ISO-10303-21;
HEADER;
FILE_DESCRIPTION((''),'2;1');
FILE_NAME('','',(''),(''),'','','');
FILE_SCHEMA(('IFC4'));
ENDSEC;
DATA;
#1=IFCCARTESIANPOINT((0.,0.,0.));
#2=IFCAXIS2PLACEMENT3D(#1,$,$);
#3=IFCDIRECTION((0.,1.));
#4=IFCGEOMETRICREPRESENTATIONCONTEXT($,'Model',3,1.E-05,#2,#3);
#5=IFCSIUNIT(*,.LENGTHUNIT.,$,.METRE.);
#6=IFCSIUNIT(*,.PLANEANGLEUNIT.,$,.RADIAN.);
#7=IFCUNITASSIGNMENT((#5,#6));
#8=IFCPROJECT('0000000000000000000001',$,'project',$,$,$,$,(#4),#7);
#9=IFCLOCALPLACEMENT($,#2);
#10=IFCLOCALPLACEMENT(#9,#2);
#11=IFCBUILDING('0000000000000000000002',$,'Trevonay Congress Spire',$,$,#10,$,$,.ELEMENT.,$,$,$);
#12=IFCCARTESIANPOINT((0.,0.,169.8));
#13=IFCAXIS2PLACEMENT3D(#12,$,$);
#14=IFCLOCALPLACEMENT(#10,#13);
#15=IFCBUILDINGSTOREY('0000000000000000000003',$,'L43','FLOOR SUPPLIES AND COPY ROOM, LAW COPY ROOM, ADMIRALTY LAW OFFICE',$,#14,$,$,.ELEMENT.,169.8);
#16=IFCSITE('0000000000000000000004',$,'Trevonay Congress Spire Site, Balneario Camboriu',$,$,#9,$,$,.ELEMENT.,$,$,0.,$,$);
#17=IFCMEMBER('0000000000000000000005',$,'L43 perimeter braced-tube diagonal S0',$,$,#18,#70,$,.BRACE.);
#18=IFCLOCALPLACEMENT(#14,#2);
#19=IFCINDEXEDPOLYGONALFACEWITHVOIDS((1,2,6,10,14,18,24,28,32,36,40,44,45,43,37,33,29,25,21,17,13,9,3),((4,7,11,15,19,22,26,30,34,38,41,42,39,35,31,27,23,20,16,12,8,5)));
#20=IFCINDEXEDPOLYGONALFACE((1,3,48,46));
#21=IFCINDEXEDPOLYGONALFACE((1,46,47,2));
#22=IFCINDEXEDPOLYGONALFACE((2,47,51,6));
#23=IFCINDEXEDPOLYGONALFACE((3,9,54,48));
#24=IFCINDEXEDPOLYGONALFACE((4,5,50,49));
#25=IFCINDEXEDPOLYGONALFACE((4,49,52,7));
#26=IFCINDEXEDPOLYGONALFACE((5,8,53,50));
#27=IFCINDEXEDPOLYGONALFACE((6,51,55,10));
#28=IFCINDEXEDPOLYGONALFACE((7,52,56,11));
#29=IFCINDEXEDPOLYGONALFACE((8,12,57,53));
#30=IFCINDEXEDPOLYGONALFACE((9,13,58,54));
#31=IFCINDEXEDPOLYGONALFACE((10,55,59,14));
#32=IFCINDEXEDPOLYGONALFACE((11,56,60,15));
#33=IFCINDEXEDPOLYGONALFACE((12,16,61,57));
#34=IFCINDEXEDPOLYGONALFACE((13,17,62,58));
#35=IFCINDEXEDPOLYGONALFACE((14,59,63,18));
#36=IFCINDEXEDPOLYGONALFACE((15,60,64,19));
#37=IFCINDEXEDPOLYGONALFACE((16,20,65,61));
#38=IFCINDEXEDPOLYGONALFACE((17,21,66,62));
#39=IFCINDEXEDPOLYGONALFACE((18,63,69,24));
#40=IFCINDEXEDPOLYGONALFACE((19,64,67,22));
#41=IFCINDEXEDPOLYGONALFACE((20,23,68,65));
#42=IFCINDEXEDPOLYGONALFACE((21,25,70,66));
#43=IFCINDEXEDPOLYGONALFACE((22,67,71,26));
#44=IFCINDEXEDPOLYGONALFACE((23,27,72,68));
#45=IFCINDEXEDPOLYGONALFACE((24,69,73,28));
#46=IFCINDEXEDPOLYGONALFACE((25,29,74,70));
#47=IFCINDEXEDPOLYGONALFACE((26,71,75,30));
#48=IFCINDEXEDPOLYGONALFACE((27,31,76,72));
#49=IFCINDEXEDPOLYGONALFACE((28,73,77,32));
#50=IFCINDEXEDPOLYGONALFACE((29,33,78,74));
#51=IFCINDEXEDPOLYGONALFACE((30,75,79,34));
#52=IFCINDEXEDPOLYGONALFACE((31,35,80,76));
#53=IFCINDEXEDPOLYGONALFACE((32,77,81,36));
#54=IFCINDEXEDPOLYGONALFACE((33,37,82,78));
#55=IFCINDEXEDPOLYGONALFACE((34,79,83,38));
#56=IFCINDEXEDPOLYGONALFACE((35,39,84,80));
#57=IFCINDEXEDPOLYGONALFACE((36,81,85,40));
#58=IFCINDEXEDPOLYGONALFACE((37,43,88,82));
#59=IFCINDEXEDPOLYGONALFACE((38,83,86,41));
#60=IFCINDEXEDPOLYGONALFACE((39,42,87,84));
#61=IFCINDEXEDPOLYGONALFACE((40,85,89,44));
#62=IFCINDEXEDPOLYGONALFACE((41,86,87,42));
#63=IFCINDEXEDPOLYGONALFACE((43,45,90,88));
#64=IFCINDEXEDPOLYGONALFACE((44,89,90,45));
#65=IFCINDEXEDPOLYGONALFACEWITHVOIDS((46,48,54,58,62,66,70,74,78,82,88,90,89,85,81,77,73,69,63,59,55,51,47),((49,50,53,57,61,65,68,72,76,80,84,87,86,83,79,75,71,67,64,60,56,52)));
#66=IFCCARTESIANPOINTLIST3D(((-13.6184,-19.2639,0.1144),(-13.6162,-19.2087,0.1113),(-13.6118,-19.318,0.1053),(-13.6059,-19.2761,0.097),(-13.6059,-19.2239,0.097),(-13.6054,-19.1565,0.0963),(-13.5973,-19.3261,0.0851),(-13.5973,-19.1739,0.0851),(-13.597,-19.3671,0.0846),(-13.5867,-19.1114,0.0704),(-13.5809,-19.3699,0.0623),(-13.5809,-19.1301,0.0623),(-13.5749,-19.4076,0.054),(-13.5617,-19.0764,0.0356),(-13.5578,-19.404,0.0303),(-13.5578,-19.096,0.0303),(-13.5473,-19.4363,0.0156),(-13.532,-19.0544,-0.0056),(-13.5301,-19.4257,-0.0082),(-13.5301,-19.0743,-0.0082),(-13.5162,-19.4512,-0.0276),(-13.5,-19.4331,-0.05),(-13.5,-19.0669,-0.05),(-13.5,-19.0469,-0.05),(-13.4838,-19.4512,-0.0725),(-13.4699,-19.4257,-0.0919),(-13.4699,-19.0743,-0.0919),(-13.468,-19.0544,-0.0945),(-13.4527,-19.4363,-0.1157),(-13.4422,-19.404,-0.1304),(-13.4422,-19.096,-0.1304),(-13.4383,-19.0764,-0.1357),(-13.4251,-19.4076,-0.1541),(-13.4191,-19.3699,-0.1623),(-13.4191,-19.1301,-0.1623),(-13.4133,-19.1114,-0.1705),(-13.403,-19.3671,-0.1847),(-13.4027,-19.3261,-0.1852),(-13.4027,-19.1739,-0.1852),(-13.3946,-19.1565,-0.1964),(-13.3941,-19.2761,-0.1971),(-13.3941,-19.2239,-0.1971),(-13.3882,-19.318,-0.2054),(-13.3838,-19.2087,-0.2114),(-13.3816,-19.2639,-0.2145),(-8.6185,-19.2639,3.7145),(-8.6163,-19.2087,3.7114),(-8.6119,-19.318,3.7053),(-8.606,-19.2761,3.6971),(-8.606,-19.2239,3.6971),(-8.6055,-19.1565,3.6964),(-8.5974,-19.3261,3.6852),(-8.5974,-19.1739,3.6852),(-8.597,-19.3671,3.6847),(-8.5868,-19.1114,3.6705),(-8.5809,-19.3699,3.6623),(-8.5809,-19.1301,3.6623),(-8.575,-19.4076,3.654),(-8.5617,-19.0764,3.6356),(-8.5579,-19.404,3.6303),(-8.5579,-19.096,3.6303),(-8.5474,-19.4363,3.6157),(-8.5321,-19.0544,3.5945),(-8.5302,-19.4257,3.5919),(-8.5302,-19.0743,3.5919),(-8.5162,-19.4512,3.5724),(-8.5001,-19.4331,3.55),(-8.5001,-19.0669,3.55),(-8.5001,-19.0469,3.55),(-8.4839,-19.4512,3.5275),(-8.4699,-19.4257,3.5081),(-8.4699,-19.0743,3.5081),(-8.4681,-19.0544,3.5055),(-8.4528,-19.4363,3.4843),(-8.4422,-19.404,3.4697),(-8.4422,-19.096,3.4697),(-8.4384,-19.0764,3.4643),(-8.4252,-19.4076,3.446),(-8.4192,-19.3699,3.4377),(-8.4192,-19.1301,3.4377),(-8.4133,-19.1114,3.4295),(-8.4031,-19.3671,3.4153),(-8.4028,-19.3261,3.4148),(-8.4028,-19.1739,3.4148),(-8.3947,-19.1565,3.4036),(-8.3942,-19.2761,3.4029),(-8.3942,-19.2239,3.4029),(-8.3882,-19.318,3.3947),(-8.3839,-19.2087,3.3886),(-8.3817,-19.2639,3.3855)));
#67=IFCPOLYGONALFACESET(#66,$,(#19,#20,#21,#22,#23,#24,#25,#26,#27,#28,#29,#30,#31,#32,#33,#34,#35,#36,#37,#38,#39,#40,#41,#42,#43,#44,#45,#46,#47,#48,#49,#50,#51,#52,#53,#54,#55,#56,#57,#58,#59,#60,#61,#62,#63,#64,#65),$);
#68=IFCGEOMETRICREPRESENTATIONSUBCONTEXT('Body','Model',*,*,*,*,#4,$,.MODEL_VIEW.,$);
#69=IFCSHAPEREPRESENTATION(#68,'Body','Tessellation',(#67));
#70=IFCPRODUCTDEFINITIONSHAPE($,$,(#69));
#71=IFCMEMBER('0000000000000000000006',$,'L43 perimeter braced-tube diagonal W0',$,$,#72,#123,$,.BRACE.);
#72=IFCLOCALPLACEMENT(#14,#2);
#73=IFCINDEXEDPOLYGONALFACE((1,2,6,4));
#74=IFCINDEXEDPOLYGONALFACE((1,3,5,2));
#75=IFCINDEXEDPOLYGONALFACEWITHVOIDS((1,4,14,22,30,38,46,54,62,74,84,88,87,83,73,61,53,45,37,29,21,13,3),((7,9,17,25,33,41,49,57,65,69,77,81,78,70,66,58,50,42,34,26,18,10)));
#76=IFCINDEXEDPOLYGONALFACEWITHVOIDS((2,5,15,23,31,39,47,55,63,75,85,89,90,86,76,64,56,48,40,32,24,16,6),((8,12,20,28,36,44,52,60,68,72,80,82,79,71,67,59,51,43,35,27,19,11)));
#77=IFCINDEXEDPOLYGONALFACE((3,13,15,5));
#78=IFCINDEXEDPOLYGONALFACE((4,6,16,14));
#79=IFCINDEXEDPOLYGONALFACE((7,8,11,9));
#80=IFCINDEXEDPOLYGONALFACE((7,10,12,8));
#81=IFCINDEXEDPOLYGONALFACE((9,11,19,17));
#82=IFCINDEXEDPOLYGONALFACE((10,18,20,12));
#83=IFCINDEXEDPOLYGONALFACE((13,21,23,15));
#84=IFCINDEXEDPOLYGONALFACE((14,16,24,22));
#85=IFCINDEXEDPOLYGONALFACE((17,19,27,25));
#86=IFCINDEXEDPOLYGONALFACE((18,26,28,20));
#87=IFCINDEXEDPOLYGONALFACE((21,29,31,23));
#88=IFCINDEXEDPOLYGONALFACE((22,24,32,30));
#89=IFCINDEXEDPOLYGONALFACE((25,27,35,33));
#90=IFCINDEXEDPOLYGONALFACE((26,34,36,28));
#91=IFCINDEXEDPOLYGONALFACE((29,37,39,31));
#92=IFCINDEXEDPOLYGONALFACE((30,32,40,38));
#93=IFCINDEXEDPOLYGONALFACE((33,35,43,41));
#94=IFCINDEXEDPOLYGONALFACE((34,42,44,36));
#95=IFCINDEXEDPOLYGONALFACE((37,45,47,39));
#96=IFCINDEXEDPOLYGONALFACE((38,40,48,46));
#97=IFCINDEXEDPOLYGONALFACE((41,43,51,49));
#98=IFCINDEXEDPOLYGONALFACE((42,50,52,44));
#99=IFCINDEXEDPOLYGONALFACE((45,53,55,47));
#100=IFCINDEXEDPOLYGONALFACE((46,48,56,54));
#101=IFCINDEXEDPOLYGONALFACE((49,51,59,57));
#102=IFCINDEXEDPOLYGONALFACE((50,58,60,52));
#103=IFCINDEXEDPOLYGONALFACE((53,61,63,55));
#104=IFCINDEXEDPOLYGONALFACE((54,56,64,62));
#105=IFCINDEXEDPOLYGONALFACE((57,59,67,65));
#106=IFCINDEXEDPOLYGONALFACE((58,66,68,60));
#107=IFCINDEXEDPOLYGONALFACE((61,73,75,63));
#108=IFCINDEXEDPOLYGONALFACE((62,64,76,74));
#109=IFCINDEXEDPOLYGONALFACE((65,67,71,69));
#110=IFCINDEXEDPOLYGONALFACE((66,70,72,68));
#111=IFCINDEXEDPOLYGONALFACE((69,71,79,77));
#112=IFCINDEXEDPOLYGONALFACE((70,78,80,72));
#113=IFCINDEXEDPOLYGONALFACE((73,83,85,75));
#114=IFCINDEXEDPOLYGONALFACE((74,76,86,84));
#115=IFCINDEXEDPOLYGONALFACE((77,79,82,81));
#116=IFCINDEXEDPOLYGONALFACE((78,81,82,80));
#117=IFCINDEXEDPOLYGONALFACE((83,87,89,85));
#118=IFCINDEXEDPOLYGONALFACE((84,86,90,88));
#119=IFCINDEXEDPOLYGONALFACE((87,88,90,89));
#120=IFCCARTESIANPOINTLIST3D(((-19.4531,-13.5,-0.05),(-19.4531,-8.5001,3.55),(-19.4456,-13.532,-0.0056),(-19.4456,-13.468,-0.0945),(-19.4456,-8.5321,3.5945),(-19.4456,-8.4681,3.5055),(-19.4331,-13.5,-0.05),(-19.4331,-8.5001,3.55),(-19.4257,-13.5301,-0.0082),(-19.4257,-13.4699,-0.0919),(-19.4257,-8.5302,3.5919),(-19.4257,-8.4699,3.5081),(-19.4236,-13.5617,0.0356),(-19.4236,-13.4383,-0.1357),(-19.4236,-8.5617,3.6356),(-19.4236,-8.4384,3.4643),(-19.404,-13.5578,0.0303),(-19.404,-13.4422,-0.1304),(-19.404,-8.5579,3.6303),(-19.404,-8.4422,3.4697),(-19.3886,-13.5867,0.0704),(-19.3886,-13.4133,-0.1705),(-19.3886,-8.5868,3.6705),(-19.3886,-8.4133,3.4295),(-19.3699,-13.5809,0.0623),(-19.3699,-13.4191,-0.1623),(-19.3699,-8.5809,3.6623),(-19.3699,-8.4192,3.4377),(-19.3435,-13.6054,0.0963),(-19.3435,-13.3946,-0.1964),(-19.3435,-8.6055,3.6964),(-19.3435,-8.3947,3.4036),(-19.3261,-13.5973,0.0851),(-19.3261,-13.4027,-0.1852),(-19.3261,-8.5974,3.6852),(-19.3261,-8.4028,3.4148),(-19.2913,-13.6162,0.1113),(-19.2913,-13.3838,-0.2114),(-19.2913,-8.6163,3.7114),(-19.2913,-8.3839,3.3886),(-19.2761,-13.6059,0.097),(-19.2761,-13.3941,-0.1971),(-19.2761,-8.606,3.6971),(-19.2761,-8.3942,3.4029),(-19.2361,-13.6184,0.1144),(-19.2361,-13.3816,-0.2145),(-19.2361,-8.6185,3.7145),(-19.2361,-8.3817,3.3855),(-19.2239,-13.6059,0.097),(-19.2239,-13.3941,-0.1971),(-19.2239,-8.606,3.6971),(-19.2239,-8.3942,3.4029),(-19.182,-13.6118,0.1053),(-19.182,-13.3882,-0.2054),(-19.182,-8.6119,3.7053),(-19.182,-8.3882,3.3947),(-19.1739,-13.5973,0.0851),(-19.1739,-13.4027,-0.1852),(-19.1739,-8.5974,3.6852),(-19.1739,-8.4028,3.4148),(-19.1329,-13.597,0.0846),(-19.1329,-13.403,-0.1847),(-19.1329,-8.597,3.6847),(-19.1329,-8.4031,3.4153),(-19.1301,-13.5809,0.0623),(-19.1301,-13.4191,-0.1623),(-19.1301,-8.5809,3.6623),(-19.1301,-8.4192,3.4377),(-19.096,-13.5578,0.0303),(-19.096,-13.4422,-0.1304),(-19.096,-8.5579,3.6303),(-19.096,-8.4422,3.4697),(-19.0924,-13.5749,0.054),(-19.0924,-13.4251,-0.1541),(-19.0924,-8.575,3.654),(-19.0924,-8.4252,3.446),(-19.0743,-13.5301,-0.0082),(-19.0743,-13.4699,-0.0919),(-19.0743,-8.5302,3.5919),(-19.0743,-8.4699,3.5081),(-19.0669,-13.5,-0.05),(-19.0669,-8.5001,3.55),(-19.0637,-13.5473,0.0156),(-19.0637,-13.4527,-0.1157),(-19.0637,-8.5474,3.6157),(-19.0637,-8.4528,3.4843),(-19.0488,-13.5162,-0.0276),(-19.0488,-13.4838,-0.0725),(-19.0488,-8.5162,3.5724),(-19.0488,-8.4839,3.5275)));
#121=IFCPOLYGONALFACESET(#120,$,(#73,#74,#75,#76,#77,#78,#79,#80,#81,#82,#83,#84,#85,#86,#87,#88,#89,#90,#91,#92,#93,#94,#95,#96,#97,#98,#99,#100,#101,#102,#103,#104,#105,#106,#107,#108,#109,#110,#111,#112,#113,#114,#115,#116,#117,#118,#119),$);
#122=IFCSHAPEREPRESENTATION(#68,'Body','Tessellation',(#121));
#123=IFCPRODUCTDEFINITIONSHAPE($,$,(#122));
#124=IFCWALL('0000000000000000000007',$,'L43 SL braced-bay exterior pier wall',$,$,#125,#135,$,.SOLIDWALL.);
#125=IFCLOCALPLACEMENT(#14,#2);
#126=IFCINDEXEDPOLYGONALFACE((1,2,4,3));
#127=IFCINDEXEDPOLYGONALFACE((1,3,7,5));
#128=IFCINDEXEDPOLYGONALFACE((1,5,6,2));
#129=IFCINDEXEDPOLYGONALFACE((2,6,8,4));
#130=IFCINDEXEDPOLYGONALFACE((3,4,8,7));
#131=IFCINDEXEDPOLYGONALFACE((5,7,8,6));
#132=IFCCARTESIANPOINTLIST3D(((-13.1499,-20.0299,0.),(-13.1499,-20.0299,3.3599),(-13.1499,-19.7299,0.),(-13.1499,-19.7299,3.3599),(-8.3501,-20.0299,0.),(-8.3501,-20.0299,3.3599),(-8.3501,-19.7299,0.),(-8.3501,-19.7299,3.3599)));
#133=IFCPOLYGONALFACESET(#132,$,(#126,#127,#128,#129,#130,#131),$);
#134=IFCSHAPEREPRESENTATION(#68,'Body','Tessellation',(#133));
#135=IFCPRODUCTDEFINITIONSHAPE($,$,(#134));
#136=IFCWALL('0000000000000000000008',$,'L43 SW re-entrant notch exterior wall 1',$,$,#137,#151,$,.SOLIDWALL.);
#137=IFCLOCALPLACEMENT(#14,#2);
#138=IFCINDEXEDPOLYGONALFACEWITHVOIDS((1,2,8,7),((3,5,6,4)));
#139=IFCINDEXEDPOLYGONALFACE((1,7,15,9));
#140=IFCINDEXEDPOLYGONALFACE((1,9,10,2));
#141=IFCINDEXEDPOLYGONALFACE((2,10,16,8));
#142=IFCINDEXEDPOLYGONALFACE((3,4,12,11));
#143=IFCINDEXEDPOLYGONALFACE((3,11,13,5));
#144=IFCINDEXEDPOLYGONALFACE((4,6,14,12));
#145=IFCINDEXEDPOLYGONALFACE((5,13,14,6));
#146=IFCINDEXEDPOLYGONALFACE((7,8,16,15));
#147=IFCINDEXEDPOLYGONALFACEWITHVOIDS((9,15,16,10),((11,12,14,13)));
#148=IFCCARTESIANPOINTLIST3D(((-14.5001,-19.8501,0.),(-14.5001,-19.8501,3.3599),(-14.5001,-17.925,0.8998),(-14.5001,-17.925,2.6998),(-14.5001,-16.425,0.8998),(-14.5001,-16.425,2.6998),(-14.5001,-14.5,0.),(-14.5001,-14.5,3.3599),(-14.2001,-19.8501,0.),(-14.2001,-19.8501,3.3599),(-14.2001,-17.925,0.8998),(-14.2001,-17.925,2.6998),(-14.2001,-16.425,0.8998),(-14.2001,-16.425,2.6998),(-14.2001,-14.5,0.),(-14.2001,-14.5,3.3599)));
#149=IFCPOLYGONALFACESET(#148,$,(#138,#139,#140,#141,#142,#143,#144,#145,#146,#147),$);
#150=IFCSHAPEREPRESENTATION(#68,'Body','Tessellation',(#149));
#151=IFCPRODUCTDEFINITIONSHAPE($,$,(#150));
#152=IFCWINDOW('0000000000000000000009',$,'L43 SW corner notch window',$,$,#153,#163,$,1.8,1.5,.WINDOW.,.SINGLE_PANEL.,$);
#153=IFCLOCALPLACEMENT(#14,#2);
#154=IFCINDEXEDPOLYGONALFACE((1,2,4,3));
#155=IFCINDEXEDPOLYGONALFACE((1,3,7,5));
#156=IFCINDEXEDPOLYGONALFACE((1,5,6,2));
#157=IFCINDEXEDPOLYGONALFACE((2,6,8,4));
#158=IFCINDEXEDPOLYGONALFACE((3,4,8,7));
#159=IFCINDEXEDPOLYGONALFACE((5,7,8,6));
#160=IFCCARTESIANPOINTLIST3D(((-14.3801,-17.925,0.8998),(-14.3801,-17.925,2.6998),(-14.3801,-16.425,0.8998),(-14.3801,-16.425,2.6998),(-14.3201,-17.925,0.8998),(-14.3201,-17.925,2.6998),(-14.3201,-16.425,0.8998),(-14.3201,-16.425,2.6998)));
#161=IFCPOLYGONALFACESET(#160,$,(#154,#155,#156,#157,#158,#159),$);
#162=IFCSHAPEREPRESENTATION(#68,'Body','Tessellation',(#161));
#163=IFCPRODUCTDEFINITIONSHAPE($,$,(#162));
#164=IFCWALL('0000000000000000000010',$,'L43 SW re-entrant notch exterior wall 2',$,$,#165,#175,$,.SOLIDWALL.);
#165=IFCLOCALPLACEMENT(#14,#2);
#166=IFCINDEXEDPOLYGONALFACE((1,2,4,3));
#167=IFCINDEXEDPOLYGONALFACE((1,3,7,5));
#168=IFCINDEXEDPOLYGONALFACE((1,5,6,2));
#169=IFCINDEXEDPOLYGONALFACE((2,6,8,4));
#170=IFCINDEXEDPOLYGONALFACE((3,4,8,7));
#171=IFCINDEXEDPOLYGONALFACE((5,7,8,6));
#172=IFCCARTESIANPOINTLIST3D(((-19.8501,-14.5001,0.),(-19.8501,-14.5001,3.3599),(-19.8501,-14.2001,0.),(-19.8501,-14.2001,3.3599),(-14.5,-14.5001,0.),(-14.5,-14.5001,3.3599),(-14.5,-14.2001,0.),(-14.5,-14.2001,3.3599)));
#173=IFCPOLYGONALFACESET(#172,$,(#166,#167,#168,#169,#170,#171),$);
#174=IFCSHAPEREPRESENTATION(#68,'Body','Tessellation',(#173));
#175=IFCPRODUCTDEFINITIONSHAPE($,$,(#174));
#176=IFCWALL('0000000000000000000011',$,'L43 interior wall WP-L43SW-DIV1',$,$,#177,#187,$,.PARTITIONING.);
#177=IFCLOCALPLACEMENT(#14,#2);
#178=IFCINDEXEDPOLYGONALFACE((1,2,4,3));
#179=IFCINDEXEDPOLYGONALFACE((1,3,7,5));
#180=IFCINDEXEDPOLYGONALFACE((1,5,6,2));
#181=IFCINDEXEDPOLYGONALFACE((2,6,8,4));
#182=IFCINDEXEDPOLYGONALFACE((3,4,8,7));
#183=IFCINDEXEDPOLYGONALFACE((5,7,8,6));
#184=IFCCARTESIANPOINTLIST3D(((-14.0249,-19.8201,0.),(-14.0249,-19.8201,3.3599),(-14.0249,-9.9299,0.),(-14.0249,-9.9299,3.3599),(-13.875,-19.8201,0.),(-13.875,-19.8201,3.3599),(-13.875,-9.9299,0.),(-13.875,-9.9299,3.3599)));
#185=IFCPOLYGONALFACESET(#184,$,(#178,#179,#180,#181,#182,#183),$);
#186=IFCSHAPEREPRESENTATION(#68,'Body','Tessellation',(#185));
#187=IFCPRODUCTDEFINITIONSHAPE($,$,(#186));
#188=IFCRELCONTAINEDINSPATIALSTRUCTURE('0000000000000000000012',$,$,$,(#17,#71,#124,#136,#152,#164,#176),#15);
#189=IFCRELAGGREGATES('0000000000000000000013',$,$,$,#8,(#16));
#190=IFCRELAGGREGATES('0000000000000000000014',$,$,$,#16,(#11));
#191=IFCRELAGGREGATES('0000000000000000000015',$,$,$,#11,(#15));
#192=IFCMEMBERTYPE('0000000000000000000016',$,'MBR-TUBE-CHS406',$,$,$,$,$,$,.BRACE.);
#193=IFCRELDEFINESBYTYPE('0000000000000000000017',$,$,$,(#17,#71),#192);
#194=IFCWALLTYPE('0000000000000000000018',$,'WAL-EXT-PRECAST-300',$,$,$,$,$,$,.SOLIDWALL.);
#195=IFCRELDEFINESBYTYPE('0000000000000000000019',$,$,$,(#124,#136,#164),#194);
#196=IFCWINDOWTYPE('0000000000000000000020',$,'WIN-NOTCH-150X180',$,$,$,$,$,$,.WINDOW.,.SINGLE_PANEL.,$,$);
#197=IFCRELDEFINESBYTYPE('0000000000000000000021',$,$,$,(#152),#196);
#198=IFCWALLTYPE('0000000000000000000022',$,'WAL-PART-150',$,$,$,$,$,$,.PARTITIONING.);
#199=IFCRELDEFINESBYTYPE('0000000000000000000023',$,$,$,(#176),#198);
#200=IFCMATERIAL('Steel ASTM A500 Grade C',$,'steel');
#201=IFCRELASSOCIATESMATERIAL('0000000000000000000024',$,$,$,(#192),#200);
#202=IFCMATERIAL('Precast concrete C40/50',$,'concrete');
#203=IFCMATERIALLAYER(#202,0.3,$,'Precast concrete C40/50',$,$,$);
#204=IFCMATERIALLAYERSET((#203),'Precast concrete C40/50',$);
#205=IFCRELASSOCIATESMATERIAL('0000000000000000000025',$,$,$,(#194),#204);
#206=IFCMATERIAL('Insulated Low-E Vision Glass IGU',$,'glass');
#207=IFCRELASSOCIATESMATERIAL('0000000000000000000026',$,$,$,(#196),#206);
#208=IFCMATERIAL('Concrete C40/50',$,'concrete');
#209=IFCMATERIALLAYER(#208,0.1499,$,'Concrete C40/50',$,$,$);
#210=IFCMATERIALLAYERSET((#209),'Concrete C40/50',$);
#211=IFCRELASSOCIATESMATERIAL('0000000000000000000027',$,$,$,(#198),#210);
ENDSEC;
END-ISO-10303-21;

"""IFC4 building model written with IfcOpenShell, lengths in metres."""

from ifc_helpers import new_model, si_unit, direction, frame, frame_2d, origin, origin_2d, place, context, subcontext, project, spatial, rectangle, hollow_circle, extrude, material, layer, layer_set, material_profile, profile_set, type_object, element, fill, save


model = new_model("IFC4")

# Units and contexts
model_context = context("Model", 3, precision=1e-05, world=origin(), true_north=direction((0.0, 1.0)))
body_context = subcontext(model_context, "Body", "Model", "MODEL_VIEW")
ifc_project = project(units=[si_unit("LENGTHUNIT", "METRE"), si_unit("PLANEANGLEUNIT", "RADIAN")], contexts=[model_context])

# Site, building, storey
site_placement = place(None, origin())
site = spatial("IfcSite", under=ifc_project, at=site_placement, Name="Trevonay Congress Spire Site, Balneario Camboriu", CompositionType="ELEMENT", RefElevation=0.0)
building_placement = place(site_placement, origin())
building = spatial("IfcBuilding", under=site, at=building_placement, Name="Trevonay Congress Spire", CompositionType="ELEMENT")
storey_placement = place(building_placement, frame((0.0, 0.0, 169.8)))
storey = spatial("IfcBuildingStorey", under=building, at=storey_placement, Name="L43", Description="FLOOR SUPPLIES AND COPY ROOM, LAW COPY ROOM, ADMIRALTY LAW OFFICE", CompositionType="ELEMENT", Elevation=169.8)

# Members
ifc_material_1 = material(Name="Steel ASTM A500 Grade C", Category="steel")
ifc_material_profile_1 = material_profile(ifc_material_1, hollow_circle(Radius=0.2031, WallThickness=0.02, at=origin_2d()), Name="CHS 406.4x20")
ifc_profile_set_1 = profile_set([ifc_material_profile_1], Name="Steel ASTM A500 Grade C")
member_type = type_object("IfcMemberType", Name="MBR-TUBE-CHS406", PredefinedType="BRACE", material=ifc_profile_set_1)
for number, where, z_axis, x_axis, name in (
    (1, (-13.5, -19.25, -0.05), (0.811527, 0.0, 0.584315), (0.0, 1.0, 0.0), "L43 perimeter braced-tube diagonal S0"),
    (2, (-19.25, -13.5, -0.05), (0.0, 0.811527, 0.584315), (-1.0, 0.0, 0.0), "L43 perimeter braced-tube diagonal W0"),
):
    element("IfcMember", number, at=place(storey_placement, frame(where, z_axis=z_axis, x_axis=x_axis)), inside=storey, type_object=member_type, Name=name, PredefinedType="BRACE", context=body_context, shape_type="SweptSolid", body=[
        extrude(hollow_circle(Radius=0.2031, WallThickness=0.02, at=origin_2d()), origin(), (0.0, 0.0, 1.0), 6.1611),
    ])

# Wall
ifc_material_2 = material(Name="Precast concrete C40/50", Category="concrete")
ifc_layer_1 = layer(ifc_material_2, 0.3, Name="Precast concrete C40/50")
ifc_layer_set_1 = layer_set([ifc_layer_1], Name="Precast concrete C40/50")
wall_type_1 = type_object("IfcWallType", Name="WAL-EXT-PRECAST-300", PredefinedType="SOLIDWALL", material=ifc_layer_set_1)
wall_1_placement = place(storey_placement, frame((-13.1499, -19.8799, 0.0), z_axis=(0.0, 0.0, 1.0), x_axis=(1.0, 0.0, 0.0)))
element("IfcWall", 3, at=wall_1_placement, inside=storey, type_object=wall_type_1, Name="L43 SL braced-bay exterior pier wall", PredefinedType="SOLIDWALL", context=body_context, shape_type="SweptSolid", body=[
    extrude(rectangle(XDim=4.7998, YDim=0.3, at=frame_2d((2.3999, 0.0))), origin(), (0.0, 0.0, 1.0), 3.3599),
])

# Wall, opening, window
wall_2_placement = place(storey_placement, frame((-14.3501, -19.8501, 0.0), z_axis=(0.0, 0.0, 1.0), x_axis=(0.0, 1.0, 0.0)))
wall_2 = element("IfcWall", 4, at=wall_2_placement, inside=storey, type_object=wall_type_1, Name="L43 SW re-entrant notch exterior wall 1", PredefinedType="SOLIDWALL", context=body_context, shape_type="SweptSolid", body=[
    extrude(rectangle(XDim=5.3501, YDim=0.3, at=frame_2d((2.675, 0.0))), origin(), (0.0, 0.0, 1.0), 3.3599),
])
opening_placement = place(wall_2_placement, frame((1.925, 0.0, 0.8999)))
opening = element("IfcOpeningElement", 5, at=opening_placement, cuts=wall_2, PredefinedType="OPENING", context=body_context, shape_type="SweptSolid", body=[
    extrude(rectangle(XDim=1.5, YDim=1.8, at=frame_2d((0.75, 0.8999))), frame((0.0, 0.1602, 0.0), z_axis=(0.0, -1.0, 0.0), x_axis=(1.0, 0.0, 0.0)), (0.0, 0.0, 1.0), 0.3201),
])
ifc_material_3 = material(Name="Insulated Low-E Vision Glass IGU", Category="glass")
window_type = type_object("IfcWindowType", Name="WIN-NOTCH-150X180", PartitioningType="SINGLE_PANEL", PredefinedType="WINDOW", material=ifc_material_3)
window_placement = place(opening_placement, origin())
window = element("IfcWindow", 6, at=window_placement, inside=storey, type_object=window_type, Name="L43 SW corner notch window", OverallHeight=1.8, OverallWidth=1.5, PartitioningType="SINGLE_PANEL", PredefinedType="WINDOW", context=body_context, shape_type="SweptSolid", body=[
    extrude(rectangle(XDim=1.5, YDim=1.8, at=frame_2d((0.75, 0.8999))), frame((0.0, 0.03, 0.0), z_axis=(0.0, -1.0, 0.0), x_axis=(1.0, 0.0, 0.0)), (0.0, 0.0, 1.0), 0.0601),
])
fill(opening, window)

# Walls
wall_3_placement = place(storey_placement, frame((-19.8501, -14.3501, 0.0), z_axis=(0.0, 0.0, 1.0), x_axis=(1.0, 0.0, 0.0)))
element("IfcWall", 7, at=wall_3_placement, inside=storey, type_object=wall_type_1, Name="L43 SW re-entrant notch exterior wall 2", PredefinedType="SOLIDWALL", context=body_context, shape_type="SweptSolid", body=[
    extrude(rectangle(XDim=5.3501, YDim=0.3, at=frame_2d((2.675, 0.0))), origin(), (0.0, 0.0, 1.0), 3.3599),
])
ifc_material_4 = material(Name="Concrete C40/50", Category="concrete")
ifc_layer_2 = layer(ifc_material_4, 0.1499, Name="Concrete C40/50")
ifc_layer_set_2 = layer_set([ifc_layer_2], Name="Concrete C40/50")
wall_type_2 = type_object("IfcWallType", Name="WAL-PART-150", PredefinedType="PARTITIONING", material=ifc_layer_set_2)
for number, where, z_axis, x_axis, name in (
    (8, (-13.95, -19.8201, 0.0), (0.0, 0.0, 1.0), (0.0, 1.0, 0.0), "L43 interior wall WP-L43SW-DIV1"),
):
    element("IfcWall", number, at=place(storey_placement, frame(where, z_axis=z_axis, x_axis=x_axis)), inside=storey, type_object=wall_type_2, Name=name, PredefinedType="PARTITIONING", context=body_context, shape_type="SweptSolid", body=[
        extrude(rectangle(XDim=9.8901, YDim=0.1499, at=frame_2d((4.9451, 0.0))), origin(), (0.0, 0.0, 1.0), 3.3599),
    ])

save(model, "model.ifc")
